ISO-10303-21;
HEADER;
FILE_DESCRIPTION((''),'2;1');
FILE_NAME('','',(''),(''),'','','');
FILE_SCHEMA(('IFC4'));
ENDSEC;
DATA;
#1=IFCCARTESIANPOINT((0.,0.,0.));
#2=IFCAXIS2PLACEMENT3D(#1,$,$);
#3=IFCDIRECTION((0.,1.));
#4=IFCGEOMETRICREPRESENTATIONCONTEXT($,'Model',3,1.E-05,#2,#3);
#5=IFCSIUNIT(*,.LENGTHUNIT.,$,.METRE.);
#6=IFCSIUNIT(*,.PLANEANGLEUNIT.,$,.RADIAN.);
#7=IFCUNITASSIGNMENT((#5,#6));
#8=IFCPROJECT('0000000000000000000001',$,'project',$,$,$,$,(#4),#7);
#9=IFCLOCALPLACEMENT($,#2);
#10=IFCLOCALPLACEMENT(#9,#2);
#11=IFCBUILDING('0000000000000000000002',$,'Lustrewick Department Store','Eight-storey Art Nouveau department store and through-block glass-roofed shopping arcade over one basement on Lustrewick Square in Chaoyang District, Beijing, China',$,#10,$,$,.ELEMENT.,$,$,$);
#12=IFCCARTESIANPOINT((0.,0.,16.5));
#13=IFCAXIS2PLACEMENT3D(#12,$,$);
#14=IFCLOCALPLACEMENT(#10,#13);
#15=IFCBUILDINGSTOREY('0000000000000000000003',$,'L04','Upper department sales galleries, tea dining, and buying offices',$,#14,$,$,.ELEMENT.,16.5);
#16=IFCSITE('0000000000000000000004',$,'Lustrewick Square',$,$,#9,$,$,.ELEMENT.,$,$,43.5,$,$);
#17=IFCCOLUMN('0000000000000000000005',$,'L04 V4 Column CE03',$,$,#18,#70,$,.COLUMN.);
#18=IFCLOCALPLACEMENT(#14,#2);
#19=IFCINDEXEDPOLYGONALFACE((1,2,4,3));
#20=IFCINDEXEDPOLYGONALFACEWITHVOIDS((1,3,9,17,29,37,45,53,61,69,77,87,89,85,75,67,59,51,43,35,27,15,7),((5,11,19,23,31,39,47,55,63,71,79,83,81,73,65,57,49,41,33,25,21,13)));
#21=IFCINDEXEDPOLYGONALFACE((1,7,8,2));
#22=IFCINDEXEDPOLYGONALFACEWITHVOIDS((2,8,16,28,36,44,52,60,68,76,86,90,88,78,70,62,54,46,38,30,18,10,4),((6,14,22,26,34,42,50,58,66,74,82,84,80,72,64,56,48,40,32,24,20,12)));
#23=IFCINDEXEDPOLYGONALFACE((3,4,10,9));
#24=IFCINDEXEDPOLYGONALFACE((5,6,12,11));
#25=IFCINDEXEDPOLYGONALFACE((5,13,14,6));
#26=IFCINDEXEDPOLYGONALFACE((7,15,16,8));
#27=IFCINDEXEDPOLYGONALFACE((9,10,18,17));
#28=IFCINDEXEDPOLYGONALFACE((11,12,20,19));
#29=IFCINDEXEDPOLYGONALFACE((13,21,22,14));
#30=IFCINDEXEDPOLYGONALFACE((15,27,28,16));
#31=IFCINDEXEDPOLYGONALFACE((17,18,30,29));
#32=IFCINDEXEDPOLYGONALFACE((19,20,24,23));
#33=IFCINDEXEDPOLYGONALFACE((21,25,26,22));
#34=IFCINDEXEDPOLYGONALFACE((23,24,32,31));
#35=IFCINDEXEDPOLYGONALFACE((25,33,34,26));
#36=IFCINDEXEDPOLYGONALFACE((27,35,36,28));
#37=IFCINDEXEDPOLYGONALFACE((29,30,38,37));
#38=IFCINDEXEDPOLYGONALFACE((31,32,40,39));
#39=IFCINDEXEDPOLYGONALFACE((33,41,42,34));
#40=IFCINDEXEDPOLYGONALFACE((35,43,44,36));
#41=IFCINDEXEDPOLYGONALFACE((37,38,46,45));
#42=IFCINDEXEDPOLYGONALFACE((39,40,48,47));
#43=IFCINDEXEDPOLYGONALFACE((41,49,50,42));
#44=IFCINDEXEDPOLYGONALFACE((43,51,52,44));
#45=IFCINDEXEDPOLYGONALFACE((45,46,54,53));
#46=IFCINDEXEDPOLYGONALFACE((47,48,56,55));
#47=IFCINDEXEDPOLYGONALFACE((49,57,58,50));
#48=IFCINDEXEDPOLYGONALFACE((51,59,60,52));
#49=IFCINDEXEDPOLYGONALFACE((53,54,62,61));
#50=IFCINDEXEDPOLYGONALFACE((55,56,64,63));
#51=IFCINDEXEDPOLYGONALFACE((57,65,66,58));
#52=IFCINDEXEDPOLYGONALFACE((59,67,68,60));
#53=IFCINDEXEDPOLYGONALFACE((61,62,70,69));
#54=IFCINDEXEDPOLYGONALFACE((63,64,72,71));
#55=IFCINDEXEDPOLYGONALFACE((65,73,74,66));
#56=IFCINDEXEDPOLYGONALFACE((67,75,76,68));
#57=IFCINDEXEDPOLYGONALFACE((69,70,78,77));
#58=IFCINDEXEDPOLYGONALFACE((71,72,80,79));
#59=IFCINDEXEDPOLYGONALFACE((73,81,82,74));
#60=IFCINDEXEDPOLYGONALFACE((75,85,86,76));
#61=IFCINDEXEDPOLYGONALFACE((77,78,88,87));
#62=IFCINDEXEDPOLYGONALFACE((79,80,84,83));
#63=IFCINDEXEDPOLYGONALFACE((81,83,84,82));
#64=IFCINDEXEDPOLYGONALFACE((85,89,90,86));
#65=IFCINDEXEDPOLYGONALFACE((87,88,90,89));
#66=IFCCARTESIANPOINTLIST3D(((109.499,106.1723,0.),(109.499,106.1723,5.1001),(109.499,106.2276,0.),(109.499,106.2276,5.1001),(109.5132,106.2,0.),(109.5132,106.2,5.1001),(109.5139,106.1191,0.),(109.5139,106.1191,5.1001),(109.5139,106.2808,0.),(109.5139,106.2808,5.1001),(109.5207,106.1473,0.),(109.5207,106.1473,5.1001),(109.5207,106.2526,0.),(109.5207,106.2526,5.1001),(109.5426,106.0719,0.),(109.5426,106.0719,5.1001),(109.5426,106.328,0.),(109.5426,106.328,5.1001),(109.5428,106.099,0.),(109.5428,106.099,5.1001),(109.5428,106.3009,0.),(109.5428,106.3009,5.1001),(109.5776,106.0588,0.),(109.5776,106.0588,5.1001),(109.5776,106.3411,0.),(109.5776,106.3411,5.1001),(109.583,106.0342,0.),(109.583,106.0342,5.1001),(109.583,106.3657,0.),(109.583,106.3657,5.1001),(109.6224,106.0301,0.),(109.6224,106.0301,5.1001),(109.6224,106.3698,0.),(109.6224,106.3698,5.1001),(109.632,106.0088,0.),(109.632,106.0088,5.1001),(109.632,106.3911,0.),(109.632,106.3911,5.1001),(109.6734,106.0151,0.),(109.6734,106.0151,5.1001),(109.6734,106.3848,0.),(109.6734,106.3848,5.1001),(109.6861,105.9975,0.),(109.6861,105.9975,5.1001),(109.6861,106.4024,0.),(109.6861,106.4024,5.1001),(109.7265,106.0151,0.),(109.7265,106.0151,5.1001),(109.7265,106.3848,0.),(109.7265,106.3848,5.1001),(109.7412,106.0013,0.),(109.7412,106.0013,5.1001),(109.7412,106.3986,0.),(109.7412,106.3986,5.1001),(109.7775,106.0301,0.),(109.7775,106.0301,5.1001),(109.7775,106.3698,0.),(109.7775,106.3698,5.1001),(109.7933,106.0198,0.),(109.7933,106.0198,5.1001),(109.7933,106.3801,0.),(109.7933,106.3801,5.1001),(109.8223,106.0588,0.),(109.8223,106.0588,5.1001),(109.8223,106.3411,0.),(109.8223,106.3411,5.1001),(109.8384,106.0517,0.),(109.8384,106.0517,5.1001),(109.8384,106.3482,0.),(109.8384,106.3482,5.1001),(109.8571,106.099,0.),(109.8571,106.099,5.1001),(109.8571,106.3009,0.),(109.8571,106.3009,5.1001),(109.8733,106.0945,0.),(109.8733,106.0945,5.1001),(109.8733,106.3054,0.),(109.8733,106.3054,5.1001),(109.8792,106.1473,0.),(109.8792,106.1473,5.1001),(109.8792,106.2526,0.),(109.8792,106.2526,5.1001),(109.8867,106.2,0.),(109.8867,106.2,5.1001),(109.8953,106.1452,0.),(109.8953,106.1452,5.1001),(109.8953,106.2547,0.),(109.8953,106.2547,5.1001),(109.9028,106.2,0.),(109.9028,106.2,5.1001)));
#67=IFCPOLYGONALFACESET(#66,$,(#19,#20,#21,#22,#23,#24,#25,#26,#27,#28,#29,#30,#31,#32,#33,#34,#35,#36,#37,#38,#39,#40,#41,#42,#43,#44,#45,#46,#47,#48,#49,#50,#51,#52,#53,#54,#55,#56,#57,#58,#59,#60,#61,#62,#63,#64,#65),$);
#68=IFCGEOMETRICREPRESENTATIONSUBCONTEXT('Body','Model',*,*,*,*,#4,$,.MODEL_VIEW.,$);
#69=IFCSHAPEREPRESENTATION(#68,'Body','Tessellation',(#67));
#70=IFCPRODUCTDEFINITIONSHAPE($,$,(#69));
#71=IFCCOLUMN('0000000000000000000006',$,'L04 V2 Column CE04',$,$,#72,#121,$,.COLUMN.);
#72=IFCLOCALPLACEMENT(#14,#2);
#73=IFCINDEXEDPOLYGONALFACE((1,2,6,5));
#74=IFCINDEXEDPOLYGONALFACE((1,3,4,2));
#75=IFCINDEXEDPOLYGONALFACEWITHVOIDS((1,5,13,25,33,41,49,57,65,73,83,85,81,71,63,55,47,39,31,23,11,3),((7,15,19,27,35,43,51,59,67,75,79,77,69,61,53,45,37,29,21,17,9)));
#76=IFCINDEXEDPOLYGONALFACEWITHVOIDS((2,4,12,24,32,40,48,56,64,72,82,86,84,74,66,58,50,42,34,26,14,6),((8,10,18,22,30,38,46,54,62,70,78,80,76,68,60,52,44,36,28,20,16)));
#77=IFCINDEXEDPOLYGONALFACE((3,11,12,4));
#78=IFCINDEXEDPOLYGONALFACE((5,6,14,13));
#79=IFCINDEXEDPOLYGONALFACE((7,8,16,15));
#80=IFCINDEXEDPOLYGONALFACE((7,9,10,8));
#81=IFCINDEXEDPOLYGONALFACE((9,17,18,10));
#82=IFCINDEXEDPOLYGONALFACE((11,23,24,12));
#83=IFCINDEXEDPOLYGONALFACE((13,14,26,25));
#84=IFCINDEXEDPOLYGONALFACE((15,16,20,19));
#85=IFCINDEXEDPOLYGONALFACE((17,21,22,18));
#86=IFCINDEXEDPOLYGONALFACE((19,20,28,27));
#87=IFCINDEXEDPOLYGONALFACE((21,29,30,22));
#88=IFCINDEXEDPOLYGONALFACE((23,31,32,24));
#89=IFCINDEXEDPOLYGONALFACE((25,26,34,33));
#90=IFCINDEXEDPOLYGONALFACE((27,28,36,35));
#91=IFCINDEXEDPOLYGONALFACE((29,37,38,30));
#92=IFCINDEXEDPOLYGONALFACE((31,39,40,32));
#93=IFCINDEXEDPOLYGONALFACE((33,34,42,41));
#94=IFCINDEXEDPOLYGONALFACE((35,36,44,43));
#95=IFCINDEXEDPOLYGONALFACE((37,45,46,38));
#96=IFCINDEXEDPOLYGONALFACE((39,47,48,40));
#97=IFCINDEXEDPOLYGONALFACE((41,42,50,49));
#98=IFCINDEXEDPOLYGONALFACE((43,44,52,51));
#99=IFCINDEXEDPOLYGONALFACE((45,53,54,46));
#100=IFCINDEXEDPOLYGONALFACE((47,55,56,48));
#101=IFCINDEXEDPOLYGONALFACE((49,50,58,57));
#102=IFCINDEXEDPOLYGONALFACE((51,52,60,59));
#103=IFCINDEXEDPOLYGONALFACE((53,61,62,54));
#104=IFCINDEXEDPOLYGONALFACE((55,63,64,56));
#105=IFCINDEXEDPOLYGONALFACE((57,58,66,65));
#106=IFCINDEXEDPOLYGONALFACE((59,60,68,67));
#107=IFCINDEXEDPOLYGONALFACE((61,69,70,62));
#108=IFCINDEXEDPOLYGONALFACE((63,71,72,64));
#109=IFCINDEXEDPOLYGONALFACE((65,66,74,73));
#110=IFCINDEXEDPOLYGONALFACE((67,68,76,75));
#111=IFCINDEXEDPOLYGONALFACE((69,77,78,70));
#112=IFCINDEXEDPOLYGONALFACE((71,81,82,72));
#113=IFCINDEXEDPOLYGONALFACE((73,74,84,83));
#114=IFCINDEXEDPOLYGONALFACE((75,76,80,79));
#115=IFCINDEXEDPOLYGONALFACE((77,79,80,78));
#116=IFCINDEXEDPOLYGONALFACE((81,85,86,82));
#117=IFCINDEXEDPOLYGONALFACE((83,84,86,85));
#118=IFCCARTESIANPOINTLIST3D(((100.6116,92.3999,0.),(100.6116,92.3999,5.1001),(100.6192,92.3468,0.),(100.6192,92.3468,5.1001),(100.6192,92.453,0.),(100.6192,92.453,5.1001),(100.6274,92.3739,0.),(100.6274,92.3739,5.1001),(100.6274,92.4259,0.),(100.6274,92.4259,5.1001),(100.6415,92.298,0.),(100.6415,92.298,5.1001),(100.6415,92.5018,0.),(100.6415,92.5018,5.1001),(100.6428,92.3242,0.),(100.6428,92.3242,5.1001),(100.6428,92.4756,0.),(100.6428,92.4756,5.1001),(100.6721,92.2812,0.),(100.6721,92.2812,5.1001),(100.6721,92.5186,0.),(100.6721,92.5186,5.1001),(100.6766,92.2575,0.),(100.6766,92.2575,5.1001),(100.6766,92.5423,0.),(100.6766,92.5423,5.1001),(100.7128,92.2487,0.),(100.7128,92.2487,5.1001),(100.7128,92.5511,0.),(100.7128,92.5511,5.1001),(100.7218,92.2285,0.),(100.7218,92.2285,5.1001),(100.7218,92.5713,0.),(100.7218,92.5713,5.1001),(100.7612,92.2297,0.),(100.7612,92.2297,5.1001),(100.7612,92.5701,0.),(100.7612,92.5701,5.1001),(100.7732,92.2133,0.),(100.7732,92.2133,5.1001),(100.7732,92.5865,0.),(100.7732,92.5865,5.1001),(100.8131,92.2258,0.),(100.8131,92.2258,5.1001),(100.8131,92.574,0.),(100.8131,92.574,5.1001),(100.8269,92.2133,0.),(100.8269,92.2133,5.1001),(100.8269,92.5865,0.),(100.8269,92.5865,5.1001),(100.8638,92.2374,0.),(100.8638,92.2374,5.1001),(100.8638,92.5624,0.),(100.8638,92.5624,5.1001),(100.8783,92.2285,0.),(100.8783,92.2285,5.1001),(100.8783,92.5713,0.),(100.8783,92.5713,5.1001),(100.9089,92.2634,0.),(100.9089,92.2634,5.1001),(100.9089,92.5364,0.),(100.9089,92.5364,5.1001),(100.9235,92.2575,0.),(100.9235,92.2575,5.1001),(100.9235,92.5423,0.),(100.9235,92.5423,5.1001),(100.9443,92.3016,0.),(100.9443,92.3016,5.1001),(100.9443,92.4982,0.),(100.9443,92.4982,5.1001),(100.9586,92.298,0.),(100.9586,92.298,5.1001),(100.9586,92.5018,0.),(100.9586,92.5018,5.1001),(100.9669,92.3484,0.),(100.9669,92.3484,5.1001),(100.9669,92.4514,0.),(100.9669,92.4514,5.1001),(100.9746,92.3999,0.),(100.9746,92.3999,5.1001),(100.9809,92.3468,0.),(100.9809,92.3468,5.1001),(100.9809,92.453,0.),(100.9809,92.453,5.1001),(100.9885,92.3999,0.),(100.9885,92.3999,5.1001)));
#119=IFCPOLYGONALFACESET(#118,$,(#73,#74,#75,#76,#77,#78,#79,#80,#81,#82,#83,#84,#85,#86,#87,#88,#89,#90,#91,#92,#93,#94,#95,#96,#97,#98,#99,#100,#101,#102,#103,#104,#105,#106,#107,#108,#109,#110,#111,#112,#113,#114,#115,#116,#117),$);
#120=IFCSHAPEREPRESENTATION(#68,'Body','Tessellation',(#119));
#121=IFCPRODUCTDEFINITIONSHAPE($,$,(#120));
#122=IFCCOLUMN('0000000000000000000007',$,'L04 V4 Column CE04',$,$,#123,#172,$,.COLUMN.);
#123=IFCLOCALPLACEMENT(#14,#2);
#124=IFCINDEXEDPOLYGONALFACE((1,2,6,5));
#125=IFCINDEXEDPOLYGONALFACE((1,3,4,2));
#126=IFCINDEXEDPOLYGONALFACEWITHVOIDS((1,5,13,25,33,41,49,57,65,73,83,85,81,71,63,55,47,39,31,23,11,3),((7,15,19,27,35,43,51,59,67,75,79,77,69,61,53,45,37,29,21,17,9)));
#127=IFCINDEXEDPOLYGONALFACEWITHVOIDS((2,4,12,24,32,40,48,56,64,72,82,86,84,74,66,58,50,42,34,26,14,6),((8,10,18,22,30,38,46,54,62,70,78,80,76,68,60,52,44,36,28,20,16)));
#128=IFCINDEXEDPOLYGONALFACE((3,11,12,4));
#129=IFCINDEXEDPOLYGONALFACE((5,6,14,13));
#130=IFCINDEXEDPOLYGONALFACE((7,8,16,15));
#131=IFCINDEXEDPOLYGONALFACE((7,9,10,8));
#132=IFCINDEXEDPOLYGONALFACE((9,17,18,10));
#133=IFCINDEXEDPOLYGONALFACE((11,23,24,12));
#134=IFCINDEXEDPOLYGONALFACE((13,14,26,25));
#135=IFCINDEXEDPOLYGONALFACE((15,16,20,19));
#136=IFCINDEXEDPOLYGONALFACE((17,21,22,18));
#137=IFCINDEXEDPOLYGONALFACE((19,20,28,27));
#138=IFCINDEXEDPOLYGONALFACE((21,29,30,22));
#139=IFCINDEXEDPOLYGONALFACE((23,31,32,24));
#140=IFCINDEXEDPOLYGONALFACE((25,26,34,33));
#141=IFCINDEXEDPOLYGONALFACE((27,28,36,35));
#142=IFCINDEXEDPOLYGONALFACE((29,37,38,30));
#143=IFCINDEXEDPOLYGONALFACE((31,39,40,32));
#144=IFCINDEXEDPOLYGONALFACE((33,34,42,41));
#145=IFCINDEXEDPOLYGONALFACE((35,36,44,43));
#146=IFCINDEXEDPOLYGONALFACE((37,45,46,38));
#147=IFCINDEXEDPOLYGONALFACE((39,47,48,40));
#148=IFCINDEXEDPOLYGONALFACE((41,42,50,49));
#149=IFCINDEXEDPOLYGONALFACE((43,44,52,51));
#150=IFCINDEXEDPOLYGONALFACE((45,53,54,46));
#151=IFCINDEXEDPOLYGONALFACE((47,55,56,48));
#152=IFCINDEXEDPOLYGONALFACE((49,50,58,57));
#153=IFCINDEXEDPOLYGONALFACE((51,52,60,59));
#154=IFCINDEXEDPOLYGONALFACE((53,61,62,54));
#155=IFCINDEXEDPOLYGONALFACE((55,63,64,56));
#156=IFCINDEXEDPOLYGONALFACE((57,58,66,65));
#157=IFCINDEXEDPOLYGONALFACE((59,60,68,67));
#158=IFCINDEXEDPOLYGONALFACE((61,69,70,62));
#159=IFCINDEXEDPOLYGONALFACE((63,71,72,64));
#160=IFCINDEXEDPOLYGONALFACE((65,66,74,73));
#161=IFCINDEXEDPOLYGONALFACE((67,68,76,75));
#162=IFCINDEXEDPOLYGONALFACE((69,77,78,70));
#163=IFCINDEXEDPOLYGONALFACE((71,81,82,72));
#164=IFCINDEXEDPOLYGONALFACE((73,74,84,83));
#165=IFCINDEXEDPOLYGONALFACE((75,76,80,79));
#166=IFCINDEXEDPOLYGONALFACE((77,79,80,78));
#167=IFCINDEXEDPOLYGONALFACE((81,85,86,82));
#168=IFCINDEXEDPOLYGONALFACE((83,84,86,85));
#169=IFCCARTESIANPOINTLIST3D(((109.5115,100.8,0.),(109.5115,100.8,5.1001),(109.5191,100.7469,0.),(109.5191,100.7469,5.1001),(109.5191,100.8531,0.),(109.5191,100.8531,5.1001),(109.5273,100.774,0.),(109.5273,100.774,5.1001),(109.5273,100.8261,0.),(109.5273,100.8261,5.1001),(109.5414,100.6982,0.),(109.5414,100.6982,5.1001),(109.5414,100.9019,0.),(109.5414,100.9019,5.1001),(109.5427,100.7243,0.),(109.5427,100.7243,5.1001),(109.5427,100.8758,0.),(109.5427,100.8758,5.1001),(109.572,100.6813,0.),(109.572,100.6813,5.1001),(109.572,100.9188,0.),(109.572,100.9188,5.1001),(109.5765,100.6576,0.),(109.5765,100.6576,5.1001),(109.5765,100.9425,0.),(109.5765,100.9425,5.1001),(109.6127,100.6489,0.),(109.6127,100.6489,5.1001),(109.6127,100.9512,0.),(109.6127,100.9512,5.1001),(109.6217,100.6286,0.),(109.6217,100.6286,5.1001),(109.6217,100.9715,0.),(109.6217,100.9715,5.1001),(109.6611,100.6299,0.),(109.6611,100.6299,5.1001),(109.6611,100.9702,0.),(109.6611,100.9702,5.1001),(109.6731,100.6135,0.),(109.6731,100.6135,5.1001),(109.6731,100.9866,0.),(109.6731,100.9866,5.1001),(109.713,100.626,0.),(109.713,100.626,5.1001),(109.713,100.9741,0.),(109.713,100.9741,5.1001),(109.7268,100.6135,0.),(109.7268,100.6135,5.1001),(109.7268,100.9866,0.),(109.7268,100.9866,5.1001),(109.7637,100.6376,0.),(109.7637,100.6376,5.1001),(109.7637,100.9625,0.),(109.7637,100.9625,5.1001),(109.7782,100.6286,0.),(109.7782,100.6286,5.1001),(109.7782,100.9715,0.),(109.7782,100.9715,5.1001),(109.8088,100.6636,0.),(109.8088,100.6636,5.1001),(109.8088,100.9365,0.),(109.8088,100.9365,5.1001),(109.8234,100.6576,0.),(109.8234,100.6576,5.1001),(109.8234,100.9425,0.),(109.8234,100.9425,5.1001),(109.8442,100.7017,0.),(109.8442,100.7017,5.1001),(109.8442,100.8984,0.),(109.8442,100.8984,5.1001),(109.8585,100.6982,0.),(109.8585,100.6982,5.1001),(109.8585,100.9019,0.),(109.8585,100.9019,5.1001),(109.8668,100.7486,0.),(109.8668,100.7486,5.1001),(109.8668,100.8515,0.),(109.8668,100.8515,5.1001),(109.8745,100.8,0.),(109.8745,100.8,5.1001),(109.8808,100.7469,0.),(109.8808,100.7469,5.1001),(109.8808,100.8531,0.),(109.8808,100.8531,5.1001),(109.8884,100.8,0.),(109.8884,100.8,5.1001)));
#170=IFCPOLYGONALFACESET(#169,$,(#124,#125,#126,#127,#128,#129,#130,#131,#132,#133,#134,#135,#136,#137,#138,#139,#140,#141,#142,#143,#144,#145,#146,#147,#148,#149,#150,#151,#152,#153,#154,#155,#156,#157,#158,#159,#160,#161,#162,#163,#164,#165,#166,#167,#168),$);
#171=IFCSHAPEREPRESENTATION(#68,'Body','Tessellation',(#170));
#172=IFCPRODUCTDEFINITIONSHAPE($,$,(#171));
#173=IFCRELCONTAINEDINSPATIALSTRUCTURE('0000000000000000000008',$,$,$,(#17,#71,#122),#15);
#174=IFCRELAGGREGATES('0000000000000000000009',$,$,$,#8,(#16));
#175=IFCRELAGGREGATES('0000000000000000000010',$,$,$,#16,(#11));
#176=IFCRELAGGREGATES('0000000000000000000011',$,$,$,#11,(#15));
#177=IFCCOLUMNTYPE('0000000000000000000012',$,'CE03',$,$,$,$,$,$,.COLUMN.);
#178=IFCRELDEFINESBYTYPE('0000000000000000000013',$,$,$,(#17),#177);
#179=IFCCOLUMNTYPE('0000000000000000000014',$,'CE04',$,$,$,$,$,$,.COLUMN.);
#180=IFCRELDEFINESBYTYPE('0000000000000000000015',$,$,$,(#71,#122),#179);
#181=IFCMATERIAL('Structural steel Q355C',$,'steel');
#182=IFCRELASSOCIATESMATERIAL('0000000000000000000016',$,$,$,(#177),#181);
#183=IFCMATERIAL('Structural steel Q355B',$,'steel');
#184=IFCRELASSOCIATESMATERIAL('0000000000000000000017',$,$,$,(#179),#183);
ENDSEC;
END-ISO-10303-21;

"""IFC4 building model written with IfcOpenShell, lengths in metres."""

from ifc_helpers import new_model, si_unit, direction, frame, origin, origin_2d, place, context, subcontext, project, spatial, hollow_circle, extrude, material, material_profile, profile_set, type_object, element, save


model = new_model("IFC4")

# Units and contexts
model_context = context("Model", 3, precision=1e-05, world=origin(), true_north=direction((0.0, 1.0)))
body_context = subcontext(model_context, "Body", "Model", "MODEL_VIEW")
ifc_project = project(units=[si_unit("LENGTHUNIT", "METRE"), si_unit("PLANEANGLEUNIT", "RADIAN")], contexts=[model_context])

# Site, building, storey
site_placement = place(None, origin())
site = spatial("IfcSite", under=ifc_project, at=site_placement, Name="Lustrewick Square", CompositionType="ELEMENT", RefElevation=43.5)
building_placement = place(site_placement, origin())
building = spatial("IfcBuilding", under=site, at=building_placement, Name="Lustrewick Department Store", Description="Eight-storey Art Nouveau department store and through-block glass-roofed shopping arcade over one basement on Lustrewick Square in Chaoyang District, Beijing, China", CompositionType="ELEMENT")
storey_placement = place(building_placement, frame((0.0, 0.0, 16.5)))
storey = spatial("IfcBuildingStorey", under=building, at=storey_placement, Name="L04", Description="Upper department sales galleries, tea dining, and buying offices", CompositionType="ELEMENT", Elevation=16.5)

# Columns
ifc_material_1 = material(Name="Structural steel Q355C", Category="steel")
ifc_material_profile_1 = material_profile(ifc_material_1, hollow_circle(Radius=0.2029, WallThickness=0.0161, at=origin_2d()), Name="CHS 406x16")
ifc_profile_set_1 = profile_set([ifc_material_profile_1], Name="Structural steel Q355C")
column_type_1 = type_object("IfcColumnType", Name="CE03", PredefinedType="COLUMN", material=ifc_profile_set_1)
for number, where, z_axis, x_axis, name in (
    (1, (109.7, 106.2, 0.0), (0.0, 0.0, 1.0), (1.0, 0.0, 0.0), "L04 V4 Column CE03"),
):
    element("IfcColumn", number, at=place(storey_placement, frame(where, z_axis=z_axis, x_axis=x_axis)), inside=storey, type_object=column_type_1, Name=name, PredefinedType="COLUMN", context=body_context, shape_type="SweptSolid", body=[
        extrude(hollow_circle(Radius=0.2029, WallThickness=0.0161, at=origin_2d()), origin(), (0.0, 0.0, 1.0), 5.1001),
    ])
ifc_material_2 = material(Name="Structural steel Q355B", Category="steel")
ifc_material_profile_2 = material_profile(ifc_material_2, hollow_circle(Radius=0.1885, WallThickness=0.0139, at=origin_2d()), Name="CHS 377x14")
ifc_profile_set_2 = profile_set([ifc_material_profile_2], Name="Structural steel Q355B")
column_type_2 = type_object("IfcColumnType", Name="CE04", PredefinedType="COLUMN", material=ifc_profile_set_2)
for number, where, z_axis, x_axis, name in (
    (2, (100.8, 92.3999, 0.0), (0.0, 0.0, 1.0), (1.0, 0.0, 0.0), "L04 V2 Column CE04"),
    (3, (109.7, 100.8, 0.0), (0.0, 0.0, 1.0), (1.0, 0.0, 0.0), "L04 V4 Column CE04"),
):
    element("IfcColumn", number, at=place(storey_placement, frame(where, z_axis=z_axis, x_axis=x_axis)), inside=storey, type_object=column_type_2, Name=name, PredefinedType="COLUMN", context=body_context, shape_type="SweptSolid", body=[
        extrude(hollow_circle(Radius=0.1885, WallThickness=0.0139, at=origin_2d()), origin(), (0.0, 0.0, 1.0), 5.1001),
    ])

save(model, "model.ifc")
